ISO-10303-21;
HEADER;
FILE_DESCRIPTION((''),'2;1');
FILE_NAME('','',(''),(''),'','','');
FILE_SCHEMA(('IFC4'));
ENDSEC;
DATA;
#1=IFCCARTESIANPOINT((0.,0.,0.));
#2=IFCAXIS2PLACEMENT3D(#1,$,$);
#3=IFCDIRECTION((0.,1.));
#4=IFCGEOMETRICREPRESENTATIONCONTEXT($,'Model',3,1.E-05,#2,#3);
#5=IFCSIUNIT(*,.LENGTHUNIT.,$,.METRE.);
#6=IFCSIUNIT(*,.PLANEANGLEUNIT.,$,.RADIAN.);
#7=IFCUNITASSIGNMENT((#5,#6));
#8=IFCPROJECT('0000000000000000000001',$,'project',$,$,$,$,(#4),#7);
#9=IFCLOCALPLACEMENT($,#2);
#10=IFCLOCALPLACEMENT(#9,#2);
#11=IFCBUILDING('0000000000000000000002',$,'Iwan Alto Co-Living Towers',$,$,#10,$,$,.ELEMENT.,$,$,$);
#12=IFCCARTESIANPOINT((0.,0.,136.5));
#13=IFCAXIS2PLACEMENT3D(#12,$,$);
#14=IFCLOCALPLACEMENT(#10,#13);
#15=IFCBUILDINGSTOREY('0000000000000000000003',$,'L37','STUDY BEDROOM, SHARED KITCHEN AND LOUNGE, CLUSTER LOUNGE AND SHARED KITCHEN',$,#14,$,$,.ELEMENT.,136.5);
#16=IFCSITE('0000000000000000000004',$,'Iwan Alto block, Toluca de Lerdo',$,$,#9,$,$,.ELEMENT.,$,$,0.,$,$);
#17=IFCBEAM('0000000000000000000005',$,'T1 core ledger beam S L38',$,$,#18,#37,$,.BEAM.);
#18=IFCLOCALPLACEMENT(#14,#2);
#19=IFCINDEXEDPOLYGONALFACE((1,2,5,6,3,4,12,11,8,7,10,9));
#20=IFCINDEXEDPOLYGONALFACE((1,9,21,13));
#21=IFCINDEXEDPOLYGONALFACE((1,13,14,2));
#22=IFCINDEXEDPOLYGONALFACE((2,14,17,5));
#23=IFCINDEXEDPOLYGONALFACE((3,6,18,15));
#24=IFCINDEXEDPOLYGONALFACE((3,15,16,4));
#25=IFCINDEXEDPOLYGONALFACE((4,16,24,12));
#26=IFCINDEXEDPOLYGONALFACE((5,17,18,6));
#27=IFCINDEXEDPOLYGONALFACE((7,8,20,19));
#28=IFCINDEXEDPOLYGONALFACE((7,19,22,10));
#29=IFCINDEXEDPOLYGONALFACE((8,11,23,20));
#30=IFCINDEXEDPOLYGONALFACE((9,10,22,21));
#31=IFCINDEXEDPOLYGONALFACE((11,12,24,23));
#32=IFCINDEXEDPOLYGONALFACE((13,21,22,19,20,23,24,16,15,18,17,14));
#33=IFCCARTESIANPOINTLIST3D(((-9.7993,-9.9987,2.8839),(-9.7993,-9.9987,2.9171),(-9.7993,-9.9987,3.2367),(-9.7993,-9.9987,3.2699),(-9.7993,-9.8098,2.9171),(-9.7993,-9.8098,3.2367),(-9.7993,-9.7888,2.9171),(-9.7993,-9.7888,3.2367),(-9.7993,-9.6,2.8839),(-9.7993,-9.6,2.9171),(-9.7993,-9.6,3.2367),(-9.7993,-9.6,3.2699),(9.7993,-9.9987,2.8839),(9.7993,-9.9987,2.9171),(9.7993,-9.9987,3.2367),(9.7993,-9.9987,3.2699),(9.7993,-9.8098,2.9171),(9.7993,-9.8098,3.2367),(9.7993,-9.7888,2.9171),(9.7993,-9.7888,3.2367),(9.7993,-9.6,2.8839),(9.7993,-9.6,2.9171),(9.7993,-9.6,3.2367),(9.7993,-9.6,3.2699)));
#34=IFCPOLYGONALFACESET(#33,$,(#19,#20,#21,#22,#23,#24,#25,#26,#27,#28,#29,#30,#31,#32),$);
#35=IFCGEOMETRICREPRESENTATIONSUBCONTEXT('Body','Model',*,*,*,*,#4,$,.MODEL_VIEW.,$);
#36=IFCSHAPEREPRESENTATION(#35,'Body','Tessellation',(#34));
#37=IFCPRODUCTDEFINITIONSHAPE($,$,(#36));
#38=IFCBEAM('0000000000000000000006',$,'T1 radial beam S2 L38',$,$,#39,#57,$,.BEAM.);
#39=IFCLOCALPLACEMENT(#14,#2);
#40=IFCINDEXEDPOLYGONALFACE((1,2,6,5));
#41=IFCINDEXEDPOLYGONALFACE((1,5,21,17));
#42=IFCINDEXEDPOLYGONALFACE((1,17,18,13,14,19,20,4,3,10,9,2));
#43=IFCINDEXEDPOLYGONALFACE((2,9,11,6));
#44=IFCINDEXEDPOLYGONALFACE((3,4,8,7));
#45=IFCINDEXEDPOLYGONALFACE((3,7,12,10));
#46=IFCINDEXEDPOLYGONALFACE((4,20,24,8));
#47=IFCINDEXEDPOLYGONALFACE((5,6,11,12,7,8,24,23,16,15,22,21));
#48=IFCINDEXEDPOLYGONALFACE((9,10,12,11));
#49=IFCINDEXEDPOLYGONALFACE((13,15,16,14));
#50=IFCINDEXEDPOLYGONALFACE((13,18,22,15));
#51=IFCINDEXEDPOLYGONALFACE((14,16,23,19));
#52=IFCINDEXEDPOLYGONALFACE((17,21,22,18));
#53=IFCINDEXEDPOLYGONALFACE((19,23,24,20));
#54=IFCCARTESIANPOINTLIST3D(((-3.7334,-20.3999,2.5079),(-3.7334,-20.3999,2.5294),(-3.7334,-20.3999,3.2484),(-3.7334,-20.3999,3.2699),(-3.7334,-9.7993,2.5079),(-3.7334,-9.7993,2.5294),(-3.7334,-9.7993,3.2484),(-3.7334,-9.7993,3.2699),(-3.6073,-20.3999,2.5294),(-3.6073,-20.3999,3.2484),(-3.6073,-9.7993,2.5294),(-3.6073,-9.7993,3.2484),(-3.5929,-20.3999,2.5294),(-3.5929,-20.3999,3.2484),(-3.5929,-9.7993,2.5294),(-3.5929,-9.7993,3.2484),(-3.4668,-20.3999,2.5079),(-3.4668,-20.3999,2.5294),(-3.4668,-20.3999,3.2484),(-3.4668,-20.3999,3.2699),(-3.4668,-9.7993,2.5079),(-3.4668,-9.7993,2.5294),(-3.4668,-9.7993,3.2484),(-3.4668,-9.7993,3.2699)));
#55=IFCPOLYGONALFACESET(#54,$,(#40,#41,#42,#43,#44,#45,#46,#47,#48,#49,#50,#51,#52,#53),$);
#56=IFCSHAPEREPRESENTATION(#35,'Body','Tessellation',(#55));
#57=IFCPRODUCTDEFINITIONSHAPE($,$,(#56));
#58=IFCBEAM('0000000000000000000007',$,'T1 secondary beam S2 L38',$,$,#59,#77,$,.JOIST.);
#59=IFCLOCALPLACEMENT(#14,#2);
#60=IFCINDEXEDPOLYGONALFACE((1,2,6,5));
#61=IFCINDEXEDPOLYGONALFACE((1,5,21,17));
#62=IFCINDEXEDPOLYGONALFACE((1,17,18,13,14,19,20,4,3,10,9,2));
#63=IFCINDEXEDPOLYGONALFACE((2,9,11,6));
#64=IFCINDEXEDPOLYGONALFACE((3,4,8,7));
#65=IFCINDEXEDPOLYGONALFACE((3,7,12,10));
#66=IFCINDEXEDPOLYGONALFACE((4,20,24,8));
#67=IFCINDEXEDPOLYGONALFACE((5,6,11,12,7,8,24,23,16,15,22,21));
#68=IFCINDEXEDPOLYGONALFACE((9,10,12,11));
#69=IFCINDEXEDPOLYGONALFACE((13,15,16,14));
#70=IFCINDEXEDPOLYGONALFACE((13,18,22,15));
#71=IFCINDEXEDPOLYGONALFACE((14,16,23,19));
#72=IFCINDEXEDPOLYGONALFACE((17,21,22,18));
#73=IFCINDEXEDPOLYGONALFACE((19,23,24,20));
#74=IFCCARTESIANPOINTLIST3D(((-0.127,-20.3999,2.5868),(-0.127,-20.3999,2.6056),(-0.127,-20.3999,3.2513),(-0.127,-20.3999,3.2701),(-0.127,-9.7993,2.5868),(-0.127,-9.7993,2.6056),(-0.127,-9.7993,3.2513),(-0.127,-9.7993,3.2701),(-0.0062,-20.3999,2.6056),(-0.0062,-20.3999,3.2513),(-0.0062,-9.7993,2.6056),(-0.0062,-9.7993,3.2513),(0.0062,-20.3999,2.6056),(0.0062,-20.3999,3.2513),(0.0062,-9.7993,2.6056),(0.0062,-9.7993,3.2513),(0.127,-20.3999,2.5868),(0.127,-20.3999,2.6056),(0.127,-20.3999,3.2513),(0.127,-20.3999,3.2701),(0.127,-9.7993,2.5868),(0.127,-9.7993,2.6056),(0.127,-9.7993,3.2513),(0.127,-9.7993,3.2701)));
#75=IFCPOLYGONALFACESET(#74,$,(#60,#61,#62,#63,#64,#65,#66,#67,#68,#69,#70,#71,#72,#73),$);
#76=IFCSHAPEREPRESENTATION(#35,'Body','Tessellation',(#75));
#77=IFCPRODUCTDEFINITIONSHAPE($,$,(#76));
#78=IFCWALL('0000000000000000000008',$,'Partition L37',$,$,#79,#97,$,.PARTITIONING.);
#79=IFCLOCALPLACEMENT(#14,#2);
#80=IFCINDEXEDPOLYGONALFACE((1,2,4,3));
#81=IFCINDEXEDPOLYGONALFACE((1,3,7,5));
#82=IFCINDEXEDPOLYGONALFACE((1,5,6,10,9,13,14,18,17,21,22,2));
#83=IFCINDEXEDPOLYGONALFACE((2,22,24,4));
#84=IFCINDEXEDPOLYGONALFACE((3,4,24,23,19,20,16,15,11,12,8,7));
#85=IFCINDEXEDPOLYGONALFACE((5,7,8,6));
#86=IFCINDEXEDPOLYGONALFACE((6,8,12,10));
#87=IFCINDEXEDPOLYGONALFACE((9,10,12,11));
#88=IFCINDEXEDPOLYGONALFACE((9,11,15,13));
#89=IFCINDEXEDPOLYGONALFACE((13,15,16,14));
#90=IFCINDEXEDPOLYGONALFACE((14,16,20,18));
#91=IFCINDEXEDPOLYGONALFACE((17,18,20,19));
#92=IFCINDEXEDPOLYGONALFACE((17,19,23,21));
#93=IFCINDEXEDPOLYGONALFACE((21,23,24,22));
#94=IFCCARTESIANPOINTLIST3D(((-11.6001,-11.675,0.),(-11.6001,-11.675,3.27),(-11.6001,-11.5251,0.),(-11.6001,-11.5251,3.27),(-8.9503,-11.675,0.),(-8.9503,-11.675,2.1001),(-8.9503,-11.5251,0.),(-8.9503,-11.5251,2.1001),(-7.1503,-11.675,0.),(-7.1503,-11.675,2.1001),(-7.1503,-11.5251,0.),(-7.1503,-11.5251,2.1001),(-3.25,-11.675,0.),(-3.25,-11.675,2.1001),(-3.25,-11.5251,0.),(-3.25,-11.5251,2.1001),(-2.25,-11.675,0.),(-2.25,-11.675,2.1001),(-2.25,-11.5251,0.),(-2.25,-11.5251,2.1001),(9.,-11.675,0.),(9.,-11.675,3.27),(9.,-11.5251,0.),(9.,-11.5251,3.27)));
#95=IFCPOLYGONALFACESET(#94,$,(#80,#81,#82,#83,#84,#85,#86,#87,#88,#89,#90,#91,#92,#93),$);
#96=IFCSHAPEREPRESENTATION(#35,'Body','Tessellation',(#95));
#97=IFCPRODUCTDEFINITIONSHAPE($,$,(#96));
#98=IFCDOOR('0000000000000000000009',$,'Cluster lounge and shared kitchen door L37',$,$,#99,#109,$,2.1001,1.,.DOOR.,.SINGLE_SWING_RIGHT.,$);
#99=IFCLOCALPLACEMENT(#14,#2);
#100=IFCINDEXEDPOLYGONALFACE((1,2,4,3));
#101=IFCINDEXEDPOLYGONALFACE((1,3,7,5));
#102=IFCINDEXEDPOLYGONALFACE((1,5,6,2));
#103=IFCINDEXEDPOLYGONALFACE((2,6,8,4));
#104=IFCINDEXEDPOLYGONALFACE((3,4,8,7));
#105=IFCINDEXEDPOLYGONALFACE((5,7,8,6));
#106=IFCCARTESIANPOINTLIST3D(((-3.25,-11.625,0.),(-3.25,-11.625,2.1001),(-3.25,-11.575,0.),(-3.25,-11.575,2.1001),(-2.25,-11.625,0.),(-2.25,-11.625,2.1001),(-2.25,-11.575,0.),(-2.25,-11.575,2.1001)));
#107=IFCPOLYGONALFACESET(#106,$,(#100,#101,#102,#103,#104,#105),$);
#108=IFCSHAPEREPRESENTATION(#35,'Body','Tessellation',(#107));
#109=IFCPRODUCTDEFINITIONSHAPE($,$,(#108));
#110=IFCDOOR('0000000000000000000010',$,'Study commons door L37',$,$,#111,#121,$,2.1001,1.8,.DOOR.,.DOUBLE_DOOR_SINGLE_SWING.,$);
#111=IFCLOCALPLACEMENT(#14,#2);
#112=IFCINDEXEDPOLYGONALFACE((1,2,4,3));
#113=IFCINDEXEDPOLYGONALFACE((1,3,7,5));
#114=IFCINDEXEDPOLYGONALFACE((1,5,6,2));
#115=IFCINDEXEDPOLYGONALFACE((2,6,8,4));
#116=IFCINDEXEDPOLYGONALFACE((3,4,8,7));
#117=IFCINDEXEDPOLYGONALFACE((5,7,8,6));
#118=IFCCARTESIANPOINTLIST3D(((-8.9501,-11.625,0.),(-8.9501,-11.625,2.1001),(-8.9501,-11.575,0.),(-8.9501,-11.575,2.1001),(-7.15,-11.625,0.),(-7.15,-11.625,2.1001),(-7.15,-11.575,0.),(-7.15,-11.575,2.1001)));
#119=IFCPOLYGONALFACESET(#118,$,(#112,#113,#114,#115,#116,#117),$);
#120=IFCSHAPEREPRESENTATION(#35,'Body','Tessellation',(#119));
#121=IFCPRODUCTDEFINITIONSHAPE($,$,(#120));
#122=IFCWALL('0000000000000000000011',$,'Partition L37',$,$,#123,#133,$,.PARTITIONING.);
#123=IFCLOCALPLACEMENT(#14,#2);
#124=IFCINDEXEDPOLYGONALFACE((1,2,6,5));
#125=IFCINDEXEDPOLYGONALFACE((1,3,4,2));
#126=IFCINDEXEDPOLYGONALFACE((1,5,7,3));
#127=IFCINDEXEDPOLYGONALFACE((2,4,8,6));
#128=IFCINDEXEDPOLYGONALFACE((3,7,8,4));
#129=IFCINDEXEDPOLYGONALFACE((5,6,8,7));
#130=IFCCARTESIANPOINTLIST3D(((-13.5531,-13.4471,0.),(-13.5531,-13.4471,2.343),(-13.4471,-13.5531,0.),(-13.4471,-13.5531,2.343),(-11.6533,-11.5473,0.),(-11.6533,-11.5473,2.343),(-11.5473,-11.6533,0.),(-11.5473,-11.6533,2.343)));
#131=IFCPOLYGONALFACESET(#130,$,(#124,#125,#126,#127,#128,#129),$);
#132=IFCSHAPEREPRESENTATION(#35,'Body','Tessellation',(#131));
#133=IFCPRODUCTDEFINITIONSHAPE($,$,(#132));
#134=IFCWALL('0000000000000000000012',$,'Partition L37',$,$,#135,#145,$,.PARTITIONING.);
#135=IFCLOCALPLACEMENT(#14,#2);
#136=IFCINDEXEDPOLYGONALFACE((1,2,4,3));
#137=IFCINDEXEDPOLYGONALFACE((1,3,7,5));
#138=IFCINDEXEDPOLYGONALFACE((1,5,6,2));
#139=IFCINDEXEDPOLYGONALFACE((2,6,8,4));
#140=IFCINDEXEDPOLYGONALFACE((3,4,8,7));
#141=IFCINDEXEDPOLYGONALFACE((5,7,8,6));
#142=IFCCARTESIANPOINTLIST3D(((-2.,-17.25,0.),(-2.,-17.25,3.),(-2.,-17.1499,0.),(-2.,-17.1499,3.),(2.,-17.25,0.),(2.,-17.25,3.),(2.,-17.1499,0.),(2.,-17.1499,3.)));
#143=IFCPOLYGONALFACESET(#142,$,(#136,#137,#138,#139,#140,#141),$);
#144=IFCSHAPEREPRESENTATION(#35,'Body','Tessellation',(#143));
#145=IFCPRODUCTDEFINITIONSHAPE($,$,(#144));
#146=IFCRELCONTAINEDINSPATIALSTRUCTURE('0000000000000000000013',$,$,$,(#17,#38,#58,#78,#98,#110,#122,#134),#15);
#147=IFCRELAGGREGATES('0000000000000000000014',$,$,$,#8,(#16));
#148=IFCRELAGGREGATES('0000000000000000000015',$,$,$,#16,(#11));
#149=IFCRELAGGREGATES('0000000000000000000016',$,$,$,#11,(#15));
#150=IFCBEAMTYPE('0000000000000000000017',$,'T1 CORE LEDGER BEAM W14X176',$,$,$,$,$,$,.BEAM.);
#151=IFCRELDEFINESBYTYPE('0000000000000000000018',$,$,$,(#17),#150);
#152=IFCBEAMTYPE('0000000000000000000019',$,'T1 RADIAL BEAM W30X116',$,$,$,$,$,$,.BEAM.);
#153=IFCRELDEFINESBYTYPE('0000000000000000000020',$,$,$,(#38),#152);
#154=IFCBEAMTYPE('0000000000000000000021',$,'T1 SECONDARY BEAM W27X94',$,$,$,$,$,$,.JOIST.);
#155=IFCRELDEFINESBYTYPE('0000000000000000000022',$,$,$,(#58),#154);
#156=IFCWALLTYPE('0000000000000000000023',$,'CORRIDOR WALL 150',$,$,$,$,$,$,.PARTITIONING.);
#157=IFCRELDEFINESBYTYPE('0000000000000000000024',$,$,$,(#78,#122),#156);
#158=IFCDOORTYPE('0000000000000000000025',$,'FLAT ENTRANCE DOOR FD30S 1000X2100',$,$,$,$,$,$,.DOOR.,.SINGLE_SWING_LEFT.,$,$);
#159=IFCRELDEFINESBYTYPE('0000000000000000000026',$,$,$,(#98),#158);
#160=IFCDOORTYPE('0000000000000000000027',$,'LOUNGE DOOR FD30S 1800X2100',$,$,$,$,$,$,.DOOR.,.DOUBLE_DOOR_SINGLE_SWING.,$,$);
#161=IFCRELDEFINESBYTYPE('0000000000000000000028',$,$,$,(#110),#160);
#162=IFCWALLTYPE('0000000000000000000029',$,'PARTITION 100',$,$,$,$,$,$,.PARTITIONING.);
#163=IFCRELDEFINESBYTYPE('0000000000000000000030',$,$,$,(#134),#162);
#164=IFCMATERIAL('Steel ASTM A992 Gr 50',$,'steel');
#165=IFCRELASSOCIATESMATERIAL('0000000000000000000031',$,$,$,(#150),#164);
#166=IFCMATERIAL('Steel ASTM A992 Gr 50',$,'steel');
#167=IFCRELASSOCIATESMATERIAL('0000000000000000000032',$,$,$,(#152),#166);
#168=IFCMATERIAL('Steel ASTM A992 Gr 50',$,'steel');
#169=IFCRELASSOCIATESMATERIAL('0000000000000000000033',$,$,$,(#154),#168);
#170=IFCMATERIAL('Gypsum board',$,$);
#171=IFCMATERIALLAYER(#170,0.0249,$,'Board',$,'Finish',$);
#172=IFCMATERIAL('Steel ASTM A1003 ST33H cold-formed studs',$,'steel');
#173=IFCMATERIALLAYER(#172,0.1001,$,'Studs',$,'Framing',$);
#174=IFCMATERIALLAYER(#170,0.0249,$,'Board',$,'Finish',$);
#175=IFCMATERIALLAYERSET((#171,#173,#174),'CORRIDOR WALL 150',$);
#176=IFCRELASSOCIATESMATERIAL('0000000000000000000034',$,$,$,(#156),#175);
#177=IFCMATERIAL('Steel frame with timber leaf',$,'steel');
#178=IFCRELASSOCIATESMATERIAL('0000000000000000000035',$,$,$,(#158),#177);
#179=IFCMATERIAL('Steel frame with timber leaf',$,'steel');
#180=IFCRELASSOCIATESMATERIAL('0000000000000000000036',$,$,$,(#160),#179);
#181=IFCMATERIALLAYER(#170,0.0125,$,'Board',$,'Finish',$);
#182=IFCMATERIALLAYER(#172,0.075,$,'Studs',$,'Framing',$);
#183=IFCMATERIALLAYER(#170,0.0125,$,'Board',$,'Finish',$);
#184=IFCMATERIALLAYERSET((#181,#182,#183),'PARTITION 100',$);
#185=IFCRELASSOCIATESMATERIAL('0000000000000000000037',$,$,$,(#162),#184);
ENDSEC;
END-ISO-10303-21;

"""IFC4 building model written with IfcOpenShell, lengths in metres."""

from ifc_helpers import new_model, si_unit, direction, frame, frame_2d, origin, origin_2d, place, context, subcontext, project, spatial, rectangle, i_section, extrude, material, layer, layer_set, material_profile, profile_set, type_object, element, fill, save


model = new_model("IFC4")

# Units and contexts
model_context = context("Model", 3, precision=1e-05, world=origin(), true_north=direction((0.0, 1.0)))
body_context = subcontext(model_context, "Body", "Model", "MODEL_VIEW")
ifc_project = project(units=[si_unit("LENGTHUNIT", "METRE"), si_unit("PLANEANGLEUNIT", "RADIAN")], contexts=[model_context])

# Site, building, storey
site_placement = place(None, origin())
site = spatial("IfcSite", under=ifc_project, at=site_placement, Name="Iwan Alto block, Toluca de Lerdo", CompositionType="ELEMENT", RefElevation=0.0)
building_placement = place(site_placement, origin())
building = spatial("IfcBuilding", under=site, at=building_placement, Name="Iwan Alto Co-Living Towers", CompositionType="ELEMENT")
storey_placement = place(building_placement, frame((0.0, 0.0, 136.5)))
storey = spatial("IfcBuildingStorey", under=building, at=storey_placement, Name="L37", Description="STUDY BEDROOM, SHARED KITCHEN AND LOUNGE, CLUSTER LOUNGE AND SHARED KITCHEN", CompositionType="ELEMENT", Elevation=136.5)

# Beams
ifc_material_1 = material(Name="Steel ASTM A992 Gr 50", Category="steel")
ifc_material_profile_1 = material_profile(ifc_material_1, i_section(OverallWidth=0.3987, OverallDepth=0.386, WebThickness=0.021, FlangeThickness=0.0332, at=origin_2d()), Name="W14X176")
ifc_profile_set_1 = profile_set([ifc_material_profile_1], Name="Steel ASTM A992 Gr 50")
beam_type_1 = type_object("IfcBeamType", Name="T1 CORE LEDGER BEAM W14X176", PredefinedType="BEAM", material=ifc_profile_set_1)
beam_1_placement = place(storey_placement, frame((-9.7993, -9.7993, 3.0769), z_axis=(1.0, 0.0, 0.0), x_axis=(0.0, 1.0, 0.0)))
element("IfcBeam", 1, at=beam_1_placement, inside=storey, type_object=beam_type_1, Name="T1 core ledger beam S L38", PredefinedType="BEAM", context=body_context, shape_type="SweptSolid", body=[
    extrude(i_section(OverallWidth=0.3987, OverallDepth=0.386, WebThickness=0.021, FlangeThickness=0.0332, at=origin_2d()), origin(), (0.0, 0.0, 1.0), 19.5986),
])
ifc_material_2 = material(Name="Steel ASTM A992 Gr 50", Category="steel")
ifc_material_profile_2 = material_profile(ifc_material_2, i_section(OverallWidth=0.2666, OverallDepth=0.762, WebThickness=0.0144, FlangeThickness=0.0215, at=origin_2d()), Name="W30X116")
ifc_profile_set_2 = profile_set([ifc_material_profile_2], Name="Steel ASTM A992 Gr 50")
beam_type_2 = type_object("IfcBeamType", Name="T1 RADIAL BEAM W30X116", PredefinedType="BEAM", material=ifc_profile_set_2)
beam_2_placement = place(storey_placement, frame((-3.6001, -20.3999, 2.8889), z_axis=(0.0, 1.0, 0.0), x_axis=(-1.0, 0.0, 0.0)))
element("IfcBeam", 2, at=beam_2_placement, inside=storey, type_object=beam_type_2, Name="T1 radial beam S2 L38", PredefinedType="BEAM", context=body_context, shape_type="SweptSolid", body=[
    extrude(i_section(OverallWidth=0.2666, OverallDepth=0.762, WebThickness=0.0144, FlangeThickness=0.0215, at=origin_2d()), origin(), (0.0, 0.0, 1.0), 10.6006),
])
ifc_material_3 = material(Name="Steel ASTM A992 Gr 50", Category="steel")
ifc_material_profile_3 = material_profile(ifc_material_3, i_section(OverallWidth=0.2539, OverallDepth=0.6833, WebThickness=0.0125, FlangeThickness=0.0188, at=origin_2d()), Name="W27X94")
ifc_profile_set_3 = profile_set([ifc_material_profile_3], Name="Steel ASTM A992 Gr 50")
beam_type_3 = type_object("IfcBeamType", Name="T1 SECONDARY BEAM W27X94", PredefinedType="JOIST", material=ifc_profile_set_3)
beam_3_placement = place(storey_placement, frame((0.0, -20.3999, 2.9285), z_axis=(0.0, 1.0, 0.0), x_axis=(-1.0, 0.0, 0.0)))
element("IfcBeam", 3, at=beam_3_placement, inside=storey, type_object=beam_type_3, Name="T1 secondary beam S2 L38", PredefinedType="JOIST", context=body_context, shape_type="SweptSolid", body=[
    extrude(i_section(OverallWidth=0.2539, OverallDepth=0.6833, WebThickness=0.0125, FlangeThickness=0.0188, at=origin_2d()), origin(), (0.0, 0.0, 1.0), 10.6006),
])

# Wall, openings, doors
ifc_material_4 = material(Name="Gypsum board")
ifc_layer_1 = layer(ifc_material_4, 0.0249, Name="Board", Category="Finish")
ifc_material_5 = material(Name="Steel ASTM A1003 ST33H cold-formed studs", Category="steel")
ifc_layer_2 = layer(ifc_material_5, 0.1001, Name="Studs", Category="Framing")
ifc_layer_3 = layer(ifc_material_4, 0.0249, Name="Board", Category="Finish")
ifc_layer_set_1 = layer_set([ifc_layer_1, ifc_layer_2, ifc_layer_3], Name="CORRIDOR WALL 150")
wall_type_1 = type_object("IfcWallType", Name="CORRIDOR WALL 150", PredefinedType="PARTITIONING", material=ifc_layer_set_1)
wall_1_placement = place(storey_placement, frame((-11.6001, -11.6001, 0.0), z_axis=(0.0, 0.0, 1.0), x_axis=(1.0, 0.0, 0.0)))
wall_1 = element("IfcWall", 4, at=wall_1_placement, inside=storey, type_object=wall_type_1, Name="Partition L37", PredefinedType="PARTITIONING", context=body_context, shape_type="SweptSolid", body=[
    extrude(rectangle(XDim=20.6001, YDim=0.1499, at=frame_2d((10.3, 0.0))), origin(), (0.0, 0.0, 1.0), 3.27),
])
opening_1_placement = place(wall_1_placement, frame((2.6499, 0.0, 0.0)))
opening_1 = element("IfcOpeningElement", 5, at=opening_1_placement, cuts=wall_1, PredefinedType="OPENING", context=body_context, shape_type="SweptSolid", body=[
    extrude(rectangle(XDim=1.8, YDim=2.1001, at=frame_2d((0.8999, 1.05))), frame((0.0, 0.085, 0.0), z_axis=(0.0, -1.0, 0.0), x_axis=(1.0, 0.0, 0.0)), (0.0, 0.0, 1.0), 0.1699),
])
opening_2_placement = place(wall_1_placement, frame((8.3501, 0.0, 0.0)))
opening_2 = element("IfcOpeningElement", 6, at=opening_2_placement, cuts=wall_1, PredefinedType="OPENING", context=body_context, shape_type="SweptSolid", body=[
    extrude(rectangle(XDim=1.0, YDim=2.1001, at=frame_2d((0.5, 1.05))), frame((0.0, 0.085, 0.0), z_axis=(0.0, -1.0, 0.0), x_axis=(1.0, 0.0, 0.0)), (0.0, 0.0, 1.0), 0.1699),
])
ifc_material_6 = material(Name="Steel frame with timber leaf", Category="steel")
door_type_1 = type_object("IfcDoorType", Name="FLAT ENTRANCE DOOR FD30S 1000X2100", OperationType="SINGLE_SWING_LEFT", PredefinedType="DOOR", material=ifc_material_6)
door_1_placement = place(opening_2_placement, frame((1.0, 0.0, 0.0), z_axis=(0.0, 0.0, 1.0), x_axis=(-1.0, 0.0, 0.0)))
door_1 = element("IfcDoor", 7, at=door_1_placement, inside=storey, type_object=door_type_1, Name="Cluster lounge and shared kitchen door L37", OperationType="SINGLE_SWING_RIGHT", OverallHeight=2.1001, OverallWidth=1.0, PredefinedType="DOOR", context=body_context, shape_type="SweptSolid", body=[
    extrude(rectangle(XDim=1.0, YDim=2.1001, at=frame_2d((0.5, 1.05))), frame((0.0, 0.0249, 0.0), z_axis=(0.0, -1.0, 0.0), x_axis=(1.0, 0.0, 0.0)), (0.0, 0.0, 1.0), 0.05),
])
fill(opening_2, door_1)
ifc_material_7 = material(Name="Steel frame with timber leaf", Category="steel")
door_type_2 = type_object("IfcDoorType", Name="LOUNGE DOOR FD30S 1800X2100", OperationType="DOUBLE_DOOR_SINGLE_SWING", PredefinedType="DOOR", material=ifc_material_7)
door_2_placement = place(opening_1_placement, frame((1.8, 0.0, 0.0), z_axis=(0.0, 0.0, 1.0), x_axis=(-1.0, 0.0, 0.0)))
door_2 = element("IfcDoor", 8, at=door_2_placement, inside=storey, type_object=door_type_2, Name="Study commons door L37", OperationType="DOUBLE_DOOR_SINGLE_SWING", OverallHeight=2.1001, OverallWidth=1.8, PredefinedType="DOOR", context=body_context, shape_type="SweptSolid", body=[
    extrude(rectangle(XDim=1.8, YDim=2.1001, at=frame_2d((0.8999, 1.05))), frame((0.0, 0.0249, 0.0), z_axis=(0.0, -1.0, 0.0), x_axis=(1.0, 0.0, 0.0)), (0.0, 0.0, 1.0), 0.05),
])
fill(opening_1, door_2)

# Walls
wall_2_placement = place(storey_placement, frame((-13.5, -13.5, 0.0), z_axis=(0.0, 0.0, 1.0), x_axis=(0.707107, 0.707107, 0.0)))
element("IfcWall", 9, at=wall_2_placement, inside=storey, type_object=wall_type_1, Name="Partition L37", PredefinedType="PARTITIONING", context=body_context, shape_type="SweptSolid", body=[
    extrude(rectangle(XDim=2.6868, YDim=0.1499, at=frame_2d((1.3433, 0.0))), origin(), (0.0, 0.0, 1.0), 2.343),
])
ifc_layer_4 = layer(ifc_material_4, 0.0125, Name="Board", Category="Finish")
ifc_layer_5 = layer(ifc_material_5, 0.075, Name="Studs", Category="Framing")
ifc_layer_6 = layer(ifc_material_4, 0.0125, Name="Board", Category="Finish")
ifc_layer_set_2 = layer_set([ifc_layer_4, ifc_layer_5, ifc_layer_6], Name="PARTITION 100")
wall_type_2 = type_object("IfcWallType", Name="PARTITION 100", PredefinedType="PARTITIONING", material=ifc_layer_set_2)
wall_3_placement = place(storey_placement, frame((-2.0, -17.2, 0.0), z_axis=(0.0, 0.0, 1.0), x_axis=(1.0, 0.0, 0.0)))
element("IfcWall", 10, at=wall_3_placement, inside=storey, type_object=wall_type_2, Name="Partition L37", PredefinedType="PARTITIONING", context=body_context, shape_type="SweptSolid", body=[
    extrude(rectangle(XDim=4.0, YDim=0.1001, at=frame_2d((2.0, 0.0))), origin(), (0.0, 0.0, 1.0), 3.0),
])

save(model, "model.ifc")
